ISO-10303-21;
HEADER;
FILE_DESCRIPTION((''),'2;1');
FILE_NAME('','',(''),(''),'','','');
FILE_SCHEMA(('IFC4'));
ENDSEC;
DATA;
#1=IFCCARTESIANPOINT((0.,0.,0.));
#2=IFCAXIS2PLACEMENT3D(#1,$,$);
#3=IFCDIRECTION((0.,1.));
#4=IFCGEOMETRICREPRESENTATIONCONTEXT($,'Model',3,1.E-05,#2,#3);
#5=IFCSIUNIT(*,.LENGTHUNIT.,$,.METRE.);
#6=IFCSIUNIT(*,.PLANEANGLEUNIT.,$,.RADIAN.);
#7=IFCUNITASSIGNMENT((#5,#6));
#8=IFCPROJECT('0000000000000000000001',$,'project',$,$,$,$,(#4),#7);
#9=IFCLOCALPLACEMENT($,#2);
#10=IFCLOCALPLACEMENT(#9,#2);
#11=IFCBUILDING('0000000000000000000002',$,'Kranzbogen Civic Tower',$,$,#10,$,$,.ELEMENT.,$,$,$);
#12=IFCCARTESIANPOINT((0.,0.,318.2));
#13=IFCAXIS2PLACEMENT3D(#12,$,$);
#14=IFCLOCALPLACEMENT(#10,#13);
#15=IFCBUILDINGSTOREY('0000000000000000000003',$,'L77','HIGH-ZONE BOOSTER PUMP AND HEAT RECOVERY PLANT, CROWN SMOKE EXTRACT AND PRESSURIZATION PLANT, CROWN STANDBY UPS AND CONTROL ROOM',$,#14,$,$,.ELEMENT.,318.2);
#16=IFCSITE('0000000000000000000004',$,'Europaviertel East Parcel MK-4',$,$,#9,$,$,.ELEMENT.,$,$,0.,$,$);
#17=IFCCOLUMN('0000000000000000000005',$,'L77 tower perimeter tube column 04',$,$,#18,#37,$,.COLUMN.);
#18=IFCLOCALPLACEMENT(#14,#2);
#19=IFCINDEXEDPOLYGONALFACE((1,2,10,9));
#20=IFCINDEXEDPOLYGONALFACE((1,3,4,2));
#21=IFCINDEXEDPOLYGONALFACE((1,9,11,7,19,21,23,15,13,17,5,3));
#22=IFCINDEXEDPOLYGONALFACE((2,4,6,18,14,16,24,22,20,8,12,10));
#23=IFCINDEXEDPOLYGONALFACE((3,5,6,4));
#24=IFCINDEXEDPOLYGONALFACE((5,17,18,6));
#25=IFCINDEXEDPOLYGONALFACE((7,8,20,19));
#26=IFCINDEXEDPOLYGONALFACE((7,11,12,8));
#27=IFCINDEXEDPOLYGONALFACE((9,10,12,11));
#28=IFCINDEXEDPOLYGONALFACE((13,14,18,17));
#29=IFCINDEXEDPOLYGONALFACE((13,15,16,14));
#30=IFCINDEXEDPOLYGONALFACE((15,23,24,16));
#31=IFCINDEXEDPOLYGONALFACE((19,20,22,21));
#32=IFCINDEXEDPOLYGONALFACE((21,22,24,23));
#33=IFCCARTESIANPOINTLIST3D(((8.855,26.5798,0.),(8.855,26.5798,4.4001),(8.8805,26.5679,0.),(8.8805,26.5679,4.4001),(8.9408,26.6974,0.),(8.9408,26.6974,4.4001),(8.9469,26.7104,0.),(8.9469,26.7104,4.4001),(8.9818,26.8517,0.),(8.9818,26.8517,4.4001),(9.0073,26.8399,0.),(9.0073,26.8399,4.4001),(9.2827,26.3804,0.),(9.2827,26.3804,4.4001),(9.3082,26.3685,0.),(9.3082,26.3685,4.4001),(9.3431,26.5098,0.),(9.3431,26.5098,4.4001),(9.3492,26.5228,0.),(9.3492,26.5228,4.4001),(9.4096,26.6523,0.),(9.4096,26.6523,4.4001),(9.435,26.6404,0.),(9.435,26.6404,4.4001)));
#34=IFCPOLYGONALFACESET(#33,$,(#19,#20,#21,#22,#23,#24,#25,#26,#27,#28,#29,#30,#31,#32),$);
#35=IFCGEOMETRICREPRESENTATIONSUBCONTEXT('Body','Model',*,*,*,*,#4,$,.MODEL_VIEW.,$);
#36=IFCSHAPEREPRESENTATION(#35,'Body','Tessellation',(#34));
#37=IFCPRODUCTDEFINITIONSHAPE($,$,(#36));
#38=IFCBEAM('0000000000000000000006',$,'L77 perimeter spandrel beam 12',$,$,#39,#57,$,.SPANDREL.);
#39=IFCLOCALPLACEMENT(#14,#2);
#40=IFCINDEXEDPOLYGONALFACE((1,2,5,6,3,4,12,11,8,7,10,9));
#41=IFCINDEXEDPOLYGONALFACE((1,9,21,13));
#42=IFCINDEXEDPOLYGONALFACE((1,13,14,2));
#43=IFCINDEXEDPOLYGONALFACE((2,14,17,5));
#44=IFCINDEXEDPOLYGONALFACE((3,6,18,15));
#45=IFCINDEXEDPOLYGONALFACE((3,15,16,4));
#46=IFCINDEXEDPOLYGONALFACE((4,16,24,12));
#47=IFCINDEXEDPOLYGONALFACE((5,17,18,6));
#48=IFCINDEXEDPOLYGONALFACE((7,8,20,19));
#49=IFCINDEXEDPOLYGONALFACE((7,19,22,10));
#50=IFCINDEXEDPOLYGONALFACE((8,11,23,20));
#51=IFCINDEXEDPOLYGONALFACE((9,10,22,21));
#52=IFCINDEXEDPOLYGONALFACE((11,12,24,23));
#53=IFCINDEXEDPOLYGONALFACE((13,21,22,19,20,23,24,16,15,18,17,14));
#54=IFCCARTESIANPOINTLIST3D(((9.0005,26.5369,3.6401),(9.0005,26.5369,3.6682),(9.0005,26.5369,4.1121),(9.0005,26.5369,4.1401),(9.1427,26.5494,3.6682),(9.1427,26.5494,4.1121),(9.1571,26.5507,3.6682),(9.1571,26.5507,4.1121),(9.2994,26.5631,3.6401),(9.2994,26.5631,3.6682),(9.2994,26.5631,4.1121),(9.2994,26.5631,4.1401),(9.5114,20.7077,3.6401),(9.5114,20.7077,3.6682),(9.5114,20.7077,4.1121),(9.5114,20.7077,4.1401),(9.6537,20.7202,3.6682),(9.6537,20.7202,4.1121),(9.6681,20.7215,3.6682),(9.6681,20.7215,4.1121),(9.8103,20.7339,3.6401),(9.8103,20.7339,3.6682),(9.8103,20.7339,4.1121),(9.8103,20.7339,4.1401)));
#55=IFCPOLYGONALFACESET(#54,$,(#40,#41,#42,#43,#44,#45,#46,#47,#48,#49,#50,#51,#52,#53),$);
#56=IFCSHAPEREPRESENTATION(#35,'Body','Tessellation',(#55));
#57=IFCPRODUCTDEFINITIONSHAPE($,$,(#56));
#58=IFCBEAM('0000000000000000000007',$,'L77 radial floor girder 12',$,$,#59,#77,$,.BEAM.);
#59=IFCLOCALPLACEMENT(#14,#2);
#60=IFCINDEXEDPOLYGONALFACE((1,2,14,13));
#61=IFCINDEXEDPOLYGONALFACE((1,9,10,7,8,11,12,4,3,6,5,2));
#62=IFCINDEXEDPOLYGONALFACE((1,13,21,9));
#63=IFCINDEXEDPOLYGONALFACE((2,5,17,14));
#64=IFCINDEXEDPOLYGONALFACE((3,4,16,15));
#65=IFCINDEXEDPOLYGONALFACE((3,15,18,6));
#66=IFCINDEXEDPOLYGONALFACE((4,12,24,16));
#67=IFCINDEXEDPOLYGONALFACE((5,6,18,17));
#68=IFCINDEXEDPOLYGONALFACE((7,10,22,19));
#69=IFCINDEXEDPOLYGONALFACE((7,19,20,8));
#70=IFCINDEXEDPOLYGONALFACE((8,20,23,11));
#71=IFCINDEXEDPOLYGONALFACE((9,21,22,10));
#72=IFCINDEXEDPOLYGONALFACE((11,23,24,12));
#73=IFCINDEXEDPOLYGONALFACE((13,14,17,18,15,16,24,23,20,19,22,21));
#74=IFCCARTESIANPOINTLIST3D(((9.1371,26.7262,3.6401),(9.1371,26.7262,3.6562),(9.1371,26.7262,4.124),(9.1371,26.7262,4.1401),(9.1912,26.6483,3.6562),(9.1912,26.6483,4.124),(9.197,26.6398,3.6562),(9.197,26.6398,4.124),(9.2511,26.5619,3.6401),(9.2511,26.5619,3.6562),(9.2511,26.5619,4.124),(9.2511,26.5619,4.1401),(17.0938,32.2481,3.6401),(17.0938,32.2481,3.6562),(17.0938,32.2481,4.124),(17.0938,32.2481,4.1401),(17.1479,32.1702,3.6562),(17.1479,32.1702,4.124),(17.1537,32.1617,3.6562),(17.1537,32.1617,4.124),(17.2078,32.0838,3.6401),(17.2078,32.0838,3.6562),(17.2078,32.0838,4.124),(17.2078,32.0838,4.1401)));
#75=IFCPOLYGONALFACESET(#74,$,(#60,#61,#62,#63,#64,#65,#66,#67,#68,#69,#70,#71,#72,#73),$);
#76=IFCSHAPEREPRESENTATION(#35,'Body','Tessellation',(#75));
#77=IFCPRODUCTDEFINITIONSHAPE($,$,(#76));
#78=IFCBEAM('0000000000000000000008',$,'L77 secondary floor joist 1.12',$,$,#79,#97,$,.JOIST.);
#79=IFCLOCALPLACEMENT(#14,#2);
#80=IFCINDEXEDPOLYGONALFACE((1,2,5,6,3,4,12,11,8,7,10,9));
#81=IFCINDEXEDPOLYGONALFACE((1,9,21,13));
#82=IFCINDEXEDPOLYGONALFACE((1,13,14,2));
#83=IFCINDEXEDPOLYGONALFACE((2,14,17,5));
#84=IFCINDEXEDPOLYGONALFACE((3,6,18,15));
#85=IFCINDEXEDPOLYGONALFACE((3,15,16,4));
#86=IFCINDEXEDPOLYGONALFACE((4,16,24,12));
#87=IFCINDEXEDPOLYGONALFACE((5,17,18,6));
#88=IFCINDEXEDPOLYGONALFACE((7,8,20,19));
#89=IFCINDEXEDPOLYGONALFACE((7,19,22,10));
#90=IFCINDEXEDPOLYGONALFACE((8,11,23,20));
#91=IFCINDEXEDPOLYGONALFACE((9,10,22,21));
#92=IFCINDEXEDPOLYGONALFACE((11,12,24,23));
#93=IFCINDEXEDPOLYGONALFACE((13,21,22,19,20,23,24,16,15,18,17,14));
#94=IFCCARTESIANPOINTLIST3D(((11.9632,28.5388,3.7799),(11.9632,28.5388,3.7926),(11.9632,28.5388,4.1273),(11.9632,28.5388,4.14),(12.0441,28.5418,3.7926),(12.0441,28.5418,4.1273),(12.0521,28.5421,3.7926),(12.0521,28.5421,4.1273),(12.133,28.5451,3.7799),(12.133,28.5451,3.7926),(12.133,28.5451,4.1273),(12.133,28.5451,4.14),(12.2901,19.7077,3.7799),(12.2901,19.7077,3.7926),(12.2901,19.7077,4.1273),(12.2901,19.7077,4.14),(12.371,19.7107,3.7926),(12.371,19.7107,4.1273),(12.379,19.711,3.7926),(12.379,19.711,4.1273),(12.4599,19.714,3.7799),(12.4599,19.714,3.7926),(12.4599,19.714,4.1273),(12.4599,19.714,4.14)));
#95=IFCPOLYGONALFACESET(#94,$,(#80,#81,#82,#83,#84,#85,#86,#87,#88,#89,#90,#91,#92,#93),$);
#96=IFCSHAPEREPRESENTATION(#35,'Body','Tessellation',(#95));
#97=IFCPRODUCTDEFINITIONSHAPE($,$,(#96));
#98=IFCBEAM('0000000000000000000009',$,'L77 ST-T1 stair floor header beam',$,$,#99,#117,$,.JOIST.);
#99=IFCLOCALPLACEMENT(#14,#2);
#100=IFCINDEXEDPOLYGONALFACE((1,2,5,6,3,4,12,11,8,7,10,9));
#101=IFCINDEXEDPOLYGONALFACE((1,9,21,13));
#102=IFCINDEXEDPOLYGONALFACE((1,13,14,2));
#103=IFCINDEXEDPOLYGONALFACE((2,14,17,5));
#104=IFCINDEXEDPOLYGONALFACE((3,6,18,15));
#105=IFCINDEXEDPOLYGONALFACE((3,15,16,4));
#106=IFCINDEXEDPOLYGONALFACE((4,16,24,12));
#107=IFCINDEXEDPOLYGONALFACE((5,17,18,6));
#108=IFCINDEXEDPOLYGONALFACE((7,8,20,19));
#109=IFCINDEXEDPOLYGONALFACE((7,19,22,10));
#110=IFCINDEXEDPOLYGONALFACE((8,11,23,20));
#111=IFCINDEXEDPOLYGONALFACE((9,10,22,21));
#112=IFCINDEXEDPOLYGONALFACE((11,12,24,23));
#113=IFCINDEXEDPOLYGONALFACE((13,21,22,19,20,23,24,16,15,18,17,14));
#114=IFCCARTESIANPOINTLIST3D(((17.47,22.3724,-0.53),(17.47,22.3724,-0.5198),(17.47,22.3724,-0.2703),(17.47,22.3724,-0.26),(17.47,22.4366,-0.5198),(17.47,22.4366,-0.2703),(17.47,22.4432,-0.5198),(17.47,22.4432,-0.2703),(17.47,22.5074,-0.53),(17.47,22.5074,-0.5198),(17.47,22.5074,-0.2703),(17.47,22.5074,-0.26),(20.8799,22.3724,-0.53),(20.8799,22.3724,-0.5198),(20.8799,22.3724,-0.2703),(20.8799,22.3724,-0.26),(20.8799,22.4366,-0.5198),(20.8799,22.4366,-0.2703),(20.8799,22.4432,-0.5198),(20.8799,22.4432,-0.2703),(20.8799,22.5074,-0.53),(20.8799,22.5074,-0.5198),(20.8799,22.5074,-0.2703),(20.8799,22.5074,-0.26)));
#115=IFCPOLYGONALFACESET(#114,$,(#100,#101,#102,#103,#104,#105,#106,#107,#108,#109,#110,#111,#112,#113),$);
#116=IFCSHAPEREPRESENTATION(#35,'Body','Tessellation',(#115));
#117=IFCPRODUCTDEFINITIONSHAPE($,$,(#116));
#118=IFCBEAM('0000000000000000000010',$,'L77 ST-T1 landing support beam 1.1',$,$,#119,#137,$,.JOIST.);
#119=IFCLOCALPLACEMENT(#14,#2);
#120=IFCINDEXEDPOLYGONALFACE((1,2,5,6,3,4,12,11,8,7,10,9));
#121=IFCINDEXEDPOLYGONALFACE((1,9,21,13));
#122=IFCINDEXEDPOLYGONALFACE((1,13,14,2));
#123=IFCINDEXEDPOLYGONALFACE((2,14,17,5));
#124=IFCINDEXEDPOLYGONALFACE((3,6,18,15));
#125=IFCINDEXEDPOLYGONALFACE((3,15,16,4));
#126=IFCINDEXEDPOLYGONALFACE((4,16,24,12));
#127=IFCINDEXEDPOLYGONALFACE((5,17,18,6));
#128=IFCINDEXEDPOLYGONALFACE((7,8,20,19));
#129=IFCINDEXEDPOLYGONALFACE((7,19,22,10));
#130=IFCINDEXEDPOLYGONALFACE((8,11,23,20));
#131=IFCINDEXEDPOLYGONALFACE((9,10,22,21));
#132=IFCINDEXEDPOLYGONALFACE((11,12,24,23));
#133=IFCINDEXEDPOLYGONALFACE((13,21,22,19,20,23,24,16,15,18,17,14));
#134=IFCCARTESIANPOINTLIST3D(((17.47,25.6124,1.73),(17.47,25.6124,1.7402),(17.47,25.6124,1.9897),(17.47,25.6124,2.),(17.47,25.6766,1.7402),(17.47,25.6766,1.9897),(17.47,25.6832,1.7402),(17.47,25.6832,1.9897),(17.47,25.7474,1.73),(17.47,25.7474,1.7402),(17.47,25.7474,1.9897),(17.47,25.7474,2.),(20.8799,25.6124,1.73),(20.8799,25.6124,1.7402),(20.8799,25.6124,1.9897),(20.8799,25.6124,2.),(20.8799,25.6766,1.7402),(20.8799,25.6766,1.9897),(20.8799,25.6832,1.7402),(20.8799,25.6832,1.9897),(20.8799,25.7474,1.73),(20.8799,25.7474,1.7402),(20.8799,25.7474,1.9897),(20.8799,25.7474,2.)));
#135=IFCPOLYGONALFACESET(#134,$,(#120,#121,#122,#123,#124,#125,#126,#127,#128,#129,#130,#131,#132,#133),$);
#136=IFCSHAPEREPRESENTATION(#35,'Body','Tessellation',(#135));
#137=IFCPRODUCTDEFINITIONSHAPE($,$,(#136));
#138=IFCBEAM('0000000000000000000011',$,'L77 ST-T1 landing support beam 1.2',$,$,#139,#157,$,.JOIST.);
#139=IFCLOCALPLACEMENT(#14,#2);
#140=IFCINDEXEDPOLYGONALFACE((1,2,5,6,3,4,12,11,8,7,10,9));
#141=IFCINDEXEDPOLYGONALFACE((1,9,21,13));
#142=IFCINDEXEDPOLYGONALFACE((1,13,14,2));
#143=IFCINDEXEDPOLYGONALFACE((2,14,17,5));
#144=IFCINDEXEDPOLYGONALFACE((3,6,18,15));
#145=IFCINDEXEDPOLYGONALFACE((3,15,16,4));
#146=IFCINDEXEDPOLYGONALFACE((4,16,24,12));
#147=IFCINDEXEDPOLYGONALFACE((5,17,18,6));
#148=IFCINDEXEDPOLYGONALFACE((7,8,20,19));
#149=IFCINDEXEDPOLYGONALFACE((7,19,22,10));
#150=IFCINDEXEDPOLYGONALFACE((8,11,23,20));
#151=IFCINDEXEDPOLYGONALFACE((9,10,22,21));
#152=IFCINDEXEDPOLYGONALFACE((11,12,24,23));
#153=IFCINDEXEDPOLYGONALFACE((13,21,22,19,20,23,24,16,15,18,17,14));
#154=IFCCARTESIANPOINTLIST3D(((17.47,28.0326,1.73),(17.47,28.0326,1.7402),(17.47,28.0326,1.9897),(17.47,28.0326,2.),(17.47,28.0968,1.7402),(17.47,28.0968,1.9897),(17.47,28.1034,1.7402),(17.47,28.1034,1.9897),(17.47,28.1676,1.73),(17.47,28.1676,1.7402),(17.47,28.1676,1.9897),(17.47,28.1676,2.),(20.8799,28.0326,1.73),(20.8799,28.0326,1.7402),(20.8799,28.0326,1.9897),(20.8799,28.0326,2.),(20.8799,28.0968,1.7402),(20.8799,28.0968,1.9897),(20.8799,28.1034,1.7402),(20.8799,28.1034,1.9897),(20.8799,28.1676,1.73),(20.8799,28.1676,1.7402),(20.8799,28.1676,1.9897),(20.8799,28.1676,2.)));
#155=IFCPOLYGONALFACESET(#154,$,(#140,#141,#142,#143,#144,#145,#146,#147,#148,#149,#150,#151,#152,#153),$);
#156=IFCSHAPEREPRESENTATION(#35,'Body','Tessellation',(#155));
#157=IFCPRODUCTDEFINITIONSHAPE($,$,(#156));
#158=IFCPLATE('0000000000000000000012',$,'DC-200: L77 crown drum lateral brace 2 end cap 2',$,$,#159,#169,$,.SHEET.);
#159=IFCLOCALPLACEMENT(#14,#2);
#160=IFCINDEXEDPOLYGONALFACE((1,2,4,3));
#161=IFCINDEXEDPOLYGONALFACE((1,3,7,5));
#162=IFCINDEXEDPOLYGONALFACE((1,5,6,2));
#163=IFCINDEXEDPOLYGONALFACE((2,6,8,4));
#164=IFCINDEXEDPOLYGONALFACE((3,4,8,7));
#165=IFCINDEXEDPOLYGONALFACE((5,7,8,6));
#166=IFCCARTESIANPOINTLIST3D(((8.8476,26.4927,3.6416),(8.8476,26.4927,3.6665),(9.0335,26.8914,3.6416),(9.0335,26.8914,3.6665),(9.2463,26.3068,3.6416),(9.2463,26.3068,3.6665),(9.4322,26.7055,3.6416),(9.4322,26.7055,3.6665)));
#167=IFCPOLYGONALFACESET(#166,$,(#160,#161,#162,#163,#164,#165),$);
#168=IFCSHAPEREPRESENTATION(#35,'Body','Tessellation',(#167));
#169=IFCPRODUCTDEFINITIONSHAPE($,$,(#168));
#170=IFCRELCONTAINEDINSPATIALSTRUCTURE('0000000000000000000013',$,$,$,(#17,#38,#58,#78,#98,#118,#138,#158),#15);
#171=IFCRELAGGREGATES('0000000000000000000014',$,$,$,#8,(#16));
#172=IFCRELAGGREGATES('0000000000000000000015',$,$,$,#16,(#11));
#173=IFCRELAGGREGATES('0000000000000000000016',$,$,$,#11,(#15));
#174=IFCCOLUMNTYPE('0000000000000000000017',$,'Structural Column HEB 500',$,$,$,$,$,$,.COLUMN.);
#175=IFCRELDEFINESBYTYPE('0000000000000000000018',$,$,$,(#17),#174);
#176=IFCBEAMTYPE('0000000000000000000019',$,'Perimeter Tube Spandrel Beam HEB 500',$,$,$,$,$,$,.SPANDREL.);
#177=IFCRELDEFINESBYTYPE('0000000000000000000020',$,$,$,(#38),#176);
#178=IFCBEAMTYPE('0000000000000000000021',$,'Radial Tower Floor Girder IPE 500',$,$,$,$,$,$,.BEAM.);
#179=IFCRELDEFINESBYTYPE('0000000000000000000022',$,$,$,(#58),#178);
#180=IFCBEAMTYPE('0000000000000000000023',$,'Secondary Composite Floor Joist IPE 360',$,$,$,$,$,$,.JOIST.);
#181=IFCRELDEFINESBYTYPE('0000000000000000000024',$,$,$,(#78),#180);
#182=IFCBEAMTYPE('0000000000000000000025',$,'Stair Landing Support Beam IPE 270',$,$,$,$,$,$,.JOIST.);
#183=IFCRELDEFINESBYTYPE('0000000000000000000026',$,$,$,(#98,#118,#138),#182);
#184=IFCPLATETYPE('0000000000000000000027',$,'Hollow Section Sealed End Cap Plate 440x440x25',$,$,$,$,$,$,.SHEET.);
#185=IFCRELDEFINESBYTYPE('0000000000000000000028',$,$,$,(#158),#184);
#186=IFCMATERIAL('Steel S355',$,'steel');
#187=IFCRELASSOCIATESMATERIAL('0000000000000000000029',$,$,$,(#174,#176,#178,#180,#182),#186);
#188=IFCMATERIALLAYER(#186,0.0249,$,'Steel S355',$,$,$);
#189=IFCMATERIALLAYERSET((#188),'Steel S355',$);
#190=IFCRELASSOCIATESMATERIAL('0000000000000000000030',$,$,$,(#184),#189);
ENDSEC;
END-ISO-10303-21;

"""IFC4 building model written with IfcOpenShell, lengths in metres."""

from ifc_helpers import new_model, si_unit, direction, frame, origin, origin_2d, place, context, subcontext, project, spatial, rectangle, i_section, extrude, material, layer, layer_set, material_profile, profile_set, type_object, element, save


model = new_model("IFC4")

# Units and contexts
model_context = context("Model", 3, precision=1e-05, world=origin(), true_north=direction((0.0, 1.0)))
body_context = subcontext(model_context, "Body", "Model", "MODEL_VIEW")
ifc_project = project(units=[si_unit("LENGTHUNIT", "METRE"), si_unit("PLANEANGLEUNIT", "RADIAN")], contexts=[model_context])

# Site, building, storey
site_placement = place(None, origin())
site = spatial("IfcSite", under=ifc_project, at=site_placement, Name="Europaviertel East Parcel MK-4", CompositionType="ELEMENT", RefElevation=0.0)
building_placement = place(site_placement, origin())
building = spatial("IfcBuilding", under=site, at=building_placement, Name="Kranzbogen Civic Tower", CompositionType="ELEMENT")
storey_placement = place(building_placement, frame((0.0, 0.0, 318.2)))
storey = spatial("IfcBuildingStorey", under=building, at=storey_placement, Name="L77", Description="HIGH-ZONE BOOSTER PUMP AND HEAT RECOVERY PLANT, CROWN SMOKE EXTRACT AND PRESSURIZATION PLANT, CROWN STANDBY UPS AND CONTROL ROOM", CompositionType="ELEMENT", Elevation=318.2)

# Column
ifc_material_1 = material(Name="Steel S355", Category="steel")
ifc_material_profile_1 = material_profile(ifc_material_1, i_section(OverallWidth=0.3, OverallDepth=0.5, WebThickness=0.0144, FlangeThickness=0.0281, at=origin_2d()), Name="HEB 500")
ifc_profile_set_1 = profile_set([ifc_material_profile_1], Name="Steel S355")
column_type = type_object("IfcColumnType", Name="Structural Column HEB 500", PredefinedType="COLUMN", material=ifc_profile_set_1)
column_placement = place(storey_placement, frame((9.145, 26.6101, 0.0), z_axis=(0.0, 0.0, 1.0), x_axis=(0.422618, 0.906308, 0.0)))
element("IfcColumn", 1, at=column_placement, inside=storey, type_object=column_type, Name="L77 tower perimeter tube column 04", PredefinedType="COLUMN", context=body_context, shape_type="SweptSolid", body=[
    extrude(i_section(OverallWidth=0.3, OverallDepth=0.5, WebThickness=0.0144, FlangeThickness=0.0281, at=origin_2d()), origin(), (0.0, 0.0, 1.0), 4.4001),
])

# Beams
ifc_material_profile_2 = material_profile(ifc_material_1, i_section(OverallWidth=0.3, OverallDepth=0.5, WebThickness=0.0144, FlangeThickness=0.0281, at=origin_2d()), Name="HEB 500")
ifc_profile_set_2 = profile_set([ifc_material_profile_2], Name="Steel S355")
beam_type_1 = type_object("IfcBeamType", Name="Perimeter Tube Spandrel Beam HEB 500", PredefinedType="SPANDREL", material=ifc_profile_set_2)
beam_1_placement = place(storey_placement, frame((9.1499, 26.55, 3.8901), z_axis=(0.087326, -0.99618, 0.0), x_axis=(0.99618, 0.087326, 0.0)))
element("IfcBeam", 2, at=beam_1_placement, inside=storey, type_object=beam_type_1, Name="L77 perimeter spandrel beam 12", PredefinedType="SPANDREL", context=body_context, shape_type="SweptSolid", body=[
    extrude(i_section(OverallWidth=0.3, OverallDepth=0.5, WebThickness=0.0144, FlangeThickness=0.0281, at=origin_2d()), origin(), (0.0, 0.0, 1.0), 5.8516),
])
ifc_material_profile_3 = material_profile(ifc_material_1, i_section(OverallWidth=0.2, OverallDepth=0.5, WebThickness=0.0103, FlangeThickness=0.0161, at=origin_2d()), Name="IPE 500")
ifc_profile_set_3 = profile_set([ifc_material_profile_3], Name="Steel S355")
beam_type_2 = type_object("IfcBeamType", Name="Radial Tower Floor Girder IPE 500", PredefinedType="BEAM", material=ifc_profile_set_3)
beam_2_placement = place(storey_placement, frame((9.1941, 26.644, 3.8901), z_axis=(0.821543, 0.570147, 0.0), x_axis=(-0.570147, 0.821543, 0.0)))
element("IfcBeam", 3, at=beam_2_placement, inside=storey, type_object=beam_type_2, Name="L77 radial floor girder 12", PredefinedType="BEAM", context=body_context, shape_type="SweptSolid", body=[
    extrude(i_section(OverallWidth=0.2, OverallDepth=0.5, WebThickness=0.0103, FlangeThickness=0.0161, at=origin_2d()), origin(), (0.0, 0.0, 1.0), 9.6851),
])
ifc_material_profile_4 = material_profile(ifc_material_1, i_section(OverallWidth=0.1699, OverallDepth=0.3601, WebThickness=0.0081, FlangeThickness=0.0127, at=origin_2d()), Name="IPE 360")
ifc_profile_set_4 = profile_set([ifc_material_profile_4], Name="Steel S355")
beam_type_3 = type_object("IfcBeamType", Name="Secondary Composite Floor Joist IPE 360", PredefinedType="JOIST", material=ifc_profile_set_4)
beam_3_placement = place(storey_placement, frame((12.0481, 28.542, 3.96), z_axis=(0.036992, -0.999316, 0.0), x_axis=(0.999316, 0.036992, 0.0)))
element("IfcBeam", 4, at=beam_3_placement, inside=storey, type_object=beam_type_3, Name="L77 secondary floor joist 1.12", PredefinedType="JOIST", context=body_context, shape_type="SweptSolid", body=[
    extrude(i_section(OverallWidth=0.1699, OverallDepth=0.3601, WebThickness=0.0081, FlangeThickness=0.0127, at=origin_2d()), origin(), (0.0, 0.0, 1.0), 8.8372),
])
ifc_material_profile_5 = material_profile(ifc_material_1, i_section(OverallWidth=0.135, OverallDepth=0.27, WebThickness=0.0066, FlangeThickness=0.0103, at=origin_2d()), Name="IPE 270")
ifc_profile_set_5 = profile_set([ifc_material_profile_5], Name="Steel S355")
beam_type_4 = type_object("IfcBeamType", Name="Stair Landing Support Beam IPE 270", PredefinedType="JOIST", material=ifc_profile_set_5)
for number, where, z_axis, x_axis, name in (
    (5, (20.8799, 22.4399, -0.395), (-1.0, 0.0, 0.0), (0.0, -1.0, 0.0), "L77 ST-T1 stair floor header beam"),
    (6, (20.8799, 25.6799, 1.865), (-1.0, 0.0, 0.0), (0.0, -1.0, 0.0), "L77 ST-T1 landing support beam 1.1"),
    (7, (20.8799, 28.1001, 1.865), (-1.0, 0.0, 0.0), (0.0, -1.0, 0.0), "L77 ST-T1 landing support beam 1.2"),
):
    element("IfcBeam", number, at=place(storey_placement, frame(where, z_axis=z_axis, x_axis=x_axis)), inside=storey, type_object=beam_type_4, Name=name, PredefinedType="JOIST", context=body_context, shape_type="SweptSolid", body=[
        extrude(i_section(OverallWidth=0.135, OverallDepth=0.27, WebThickness=0.0066, FlangeThickness=0.0103, at=origin_2d()), origin(), (0.0, 0.0, 1.0), 3.4099),
    ])

# Plate
ifc_layer_1 = layer(ifc_material_1, 0.0249, Name="Steel S355")
ifc_layer_set_1 = layer_set([ifc_layer_1], Name="Steel S355")
plate_type = type_object("IfcPlateType", Name="Hollow Section Sealed End Cap Plate 440x440x25", PredefinedType="SHEET", material=ifc_layer_set_1)
plate_placement = place(storey_placement, frame((9.1399, 26.5991, 3.6416), z_axis=(0.0, 0.0, 1.0), x_axis=(-0.422618, -0.906308, 0.0)))
element("IfcPlate", 8, at=plate_placement, inside=storey, type_object=plate_type, Name="DC-200: L77 crown drum lateral brace 2 end cap 2", PredefinedType="SHEET", context=body_context, shape_type="SweptSolid", body=[
    extrude(rectangle(XDim=0.4399, YDim=0.4399, at=origin_2d()), origin(), (0.0, 0.0, 1.0), 0.0249),
])

save(model, "model.ifc")
